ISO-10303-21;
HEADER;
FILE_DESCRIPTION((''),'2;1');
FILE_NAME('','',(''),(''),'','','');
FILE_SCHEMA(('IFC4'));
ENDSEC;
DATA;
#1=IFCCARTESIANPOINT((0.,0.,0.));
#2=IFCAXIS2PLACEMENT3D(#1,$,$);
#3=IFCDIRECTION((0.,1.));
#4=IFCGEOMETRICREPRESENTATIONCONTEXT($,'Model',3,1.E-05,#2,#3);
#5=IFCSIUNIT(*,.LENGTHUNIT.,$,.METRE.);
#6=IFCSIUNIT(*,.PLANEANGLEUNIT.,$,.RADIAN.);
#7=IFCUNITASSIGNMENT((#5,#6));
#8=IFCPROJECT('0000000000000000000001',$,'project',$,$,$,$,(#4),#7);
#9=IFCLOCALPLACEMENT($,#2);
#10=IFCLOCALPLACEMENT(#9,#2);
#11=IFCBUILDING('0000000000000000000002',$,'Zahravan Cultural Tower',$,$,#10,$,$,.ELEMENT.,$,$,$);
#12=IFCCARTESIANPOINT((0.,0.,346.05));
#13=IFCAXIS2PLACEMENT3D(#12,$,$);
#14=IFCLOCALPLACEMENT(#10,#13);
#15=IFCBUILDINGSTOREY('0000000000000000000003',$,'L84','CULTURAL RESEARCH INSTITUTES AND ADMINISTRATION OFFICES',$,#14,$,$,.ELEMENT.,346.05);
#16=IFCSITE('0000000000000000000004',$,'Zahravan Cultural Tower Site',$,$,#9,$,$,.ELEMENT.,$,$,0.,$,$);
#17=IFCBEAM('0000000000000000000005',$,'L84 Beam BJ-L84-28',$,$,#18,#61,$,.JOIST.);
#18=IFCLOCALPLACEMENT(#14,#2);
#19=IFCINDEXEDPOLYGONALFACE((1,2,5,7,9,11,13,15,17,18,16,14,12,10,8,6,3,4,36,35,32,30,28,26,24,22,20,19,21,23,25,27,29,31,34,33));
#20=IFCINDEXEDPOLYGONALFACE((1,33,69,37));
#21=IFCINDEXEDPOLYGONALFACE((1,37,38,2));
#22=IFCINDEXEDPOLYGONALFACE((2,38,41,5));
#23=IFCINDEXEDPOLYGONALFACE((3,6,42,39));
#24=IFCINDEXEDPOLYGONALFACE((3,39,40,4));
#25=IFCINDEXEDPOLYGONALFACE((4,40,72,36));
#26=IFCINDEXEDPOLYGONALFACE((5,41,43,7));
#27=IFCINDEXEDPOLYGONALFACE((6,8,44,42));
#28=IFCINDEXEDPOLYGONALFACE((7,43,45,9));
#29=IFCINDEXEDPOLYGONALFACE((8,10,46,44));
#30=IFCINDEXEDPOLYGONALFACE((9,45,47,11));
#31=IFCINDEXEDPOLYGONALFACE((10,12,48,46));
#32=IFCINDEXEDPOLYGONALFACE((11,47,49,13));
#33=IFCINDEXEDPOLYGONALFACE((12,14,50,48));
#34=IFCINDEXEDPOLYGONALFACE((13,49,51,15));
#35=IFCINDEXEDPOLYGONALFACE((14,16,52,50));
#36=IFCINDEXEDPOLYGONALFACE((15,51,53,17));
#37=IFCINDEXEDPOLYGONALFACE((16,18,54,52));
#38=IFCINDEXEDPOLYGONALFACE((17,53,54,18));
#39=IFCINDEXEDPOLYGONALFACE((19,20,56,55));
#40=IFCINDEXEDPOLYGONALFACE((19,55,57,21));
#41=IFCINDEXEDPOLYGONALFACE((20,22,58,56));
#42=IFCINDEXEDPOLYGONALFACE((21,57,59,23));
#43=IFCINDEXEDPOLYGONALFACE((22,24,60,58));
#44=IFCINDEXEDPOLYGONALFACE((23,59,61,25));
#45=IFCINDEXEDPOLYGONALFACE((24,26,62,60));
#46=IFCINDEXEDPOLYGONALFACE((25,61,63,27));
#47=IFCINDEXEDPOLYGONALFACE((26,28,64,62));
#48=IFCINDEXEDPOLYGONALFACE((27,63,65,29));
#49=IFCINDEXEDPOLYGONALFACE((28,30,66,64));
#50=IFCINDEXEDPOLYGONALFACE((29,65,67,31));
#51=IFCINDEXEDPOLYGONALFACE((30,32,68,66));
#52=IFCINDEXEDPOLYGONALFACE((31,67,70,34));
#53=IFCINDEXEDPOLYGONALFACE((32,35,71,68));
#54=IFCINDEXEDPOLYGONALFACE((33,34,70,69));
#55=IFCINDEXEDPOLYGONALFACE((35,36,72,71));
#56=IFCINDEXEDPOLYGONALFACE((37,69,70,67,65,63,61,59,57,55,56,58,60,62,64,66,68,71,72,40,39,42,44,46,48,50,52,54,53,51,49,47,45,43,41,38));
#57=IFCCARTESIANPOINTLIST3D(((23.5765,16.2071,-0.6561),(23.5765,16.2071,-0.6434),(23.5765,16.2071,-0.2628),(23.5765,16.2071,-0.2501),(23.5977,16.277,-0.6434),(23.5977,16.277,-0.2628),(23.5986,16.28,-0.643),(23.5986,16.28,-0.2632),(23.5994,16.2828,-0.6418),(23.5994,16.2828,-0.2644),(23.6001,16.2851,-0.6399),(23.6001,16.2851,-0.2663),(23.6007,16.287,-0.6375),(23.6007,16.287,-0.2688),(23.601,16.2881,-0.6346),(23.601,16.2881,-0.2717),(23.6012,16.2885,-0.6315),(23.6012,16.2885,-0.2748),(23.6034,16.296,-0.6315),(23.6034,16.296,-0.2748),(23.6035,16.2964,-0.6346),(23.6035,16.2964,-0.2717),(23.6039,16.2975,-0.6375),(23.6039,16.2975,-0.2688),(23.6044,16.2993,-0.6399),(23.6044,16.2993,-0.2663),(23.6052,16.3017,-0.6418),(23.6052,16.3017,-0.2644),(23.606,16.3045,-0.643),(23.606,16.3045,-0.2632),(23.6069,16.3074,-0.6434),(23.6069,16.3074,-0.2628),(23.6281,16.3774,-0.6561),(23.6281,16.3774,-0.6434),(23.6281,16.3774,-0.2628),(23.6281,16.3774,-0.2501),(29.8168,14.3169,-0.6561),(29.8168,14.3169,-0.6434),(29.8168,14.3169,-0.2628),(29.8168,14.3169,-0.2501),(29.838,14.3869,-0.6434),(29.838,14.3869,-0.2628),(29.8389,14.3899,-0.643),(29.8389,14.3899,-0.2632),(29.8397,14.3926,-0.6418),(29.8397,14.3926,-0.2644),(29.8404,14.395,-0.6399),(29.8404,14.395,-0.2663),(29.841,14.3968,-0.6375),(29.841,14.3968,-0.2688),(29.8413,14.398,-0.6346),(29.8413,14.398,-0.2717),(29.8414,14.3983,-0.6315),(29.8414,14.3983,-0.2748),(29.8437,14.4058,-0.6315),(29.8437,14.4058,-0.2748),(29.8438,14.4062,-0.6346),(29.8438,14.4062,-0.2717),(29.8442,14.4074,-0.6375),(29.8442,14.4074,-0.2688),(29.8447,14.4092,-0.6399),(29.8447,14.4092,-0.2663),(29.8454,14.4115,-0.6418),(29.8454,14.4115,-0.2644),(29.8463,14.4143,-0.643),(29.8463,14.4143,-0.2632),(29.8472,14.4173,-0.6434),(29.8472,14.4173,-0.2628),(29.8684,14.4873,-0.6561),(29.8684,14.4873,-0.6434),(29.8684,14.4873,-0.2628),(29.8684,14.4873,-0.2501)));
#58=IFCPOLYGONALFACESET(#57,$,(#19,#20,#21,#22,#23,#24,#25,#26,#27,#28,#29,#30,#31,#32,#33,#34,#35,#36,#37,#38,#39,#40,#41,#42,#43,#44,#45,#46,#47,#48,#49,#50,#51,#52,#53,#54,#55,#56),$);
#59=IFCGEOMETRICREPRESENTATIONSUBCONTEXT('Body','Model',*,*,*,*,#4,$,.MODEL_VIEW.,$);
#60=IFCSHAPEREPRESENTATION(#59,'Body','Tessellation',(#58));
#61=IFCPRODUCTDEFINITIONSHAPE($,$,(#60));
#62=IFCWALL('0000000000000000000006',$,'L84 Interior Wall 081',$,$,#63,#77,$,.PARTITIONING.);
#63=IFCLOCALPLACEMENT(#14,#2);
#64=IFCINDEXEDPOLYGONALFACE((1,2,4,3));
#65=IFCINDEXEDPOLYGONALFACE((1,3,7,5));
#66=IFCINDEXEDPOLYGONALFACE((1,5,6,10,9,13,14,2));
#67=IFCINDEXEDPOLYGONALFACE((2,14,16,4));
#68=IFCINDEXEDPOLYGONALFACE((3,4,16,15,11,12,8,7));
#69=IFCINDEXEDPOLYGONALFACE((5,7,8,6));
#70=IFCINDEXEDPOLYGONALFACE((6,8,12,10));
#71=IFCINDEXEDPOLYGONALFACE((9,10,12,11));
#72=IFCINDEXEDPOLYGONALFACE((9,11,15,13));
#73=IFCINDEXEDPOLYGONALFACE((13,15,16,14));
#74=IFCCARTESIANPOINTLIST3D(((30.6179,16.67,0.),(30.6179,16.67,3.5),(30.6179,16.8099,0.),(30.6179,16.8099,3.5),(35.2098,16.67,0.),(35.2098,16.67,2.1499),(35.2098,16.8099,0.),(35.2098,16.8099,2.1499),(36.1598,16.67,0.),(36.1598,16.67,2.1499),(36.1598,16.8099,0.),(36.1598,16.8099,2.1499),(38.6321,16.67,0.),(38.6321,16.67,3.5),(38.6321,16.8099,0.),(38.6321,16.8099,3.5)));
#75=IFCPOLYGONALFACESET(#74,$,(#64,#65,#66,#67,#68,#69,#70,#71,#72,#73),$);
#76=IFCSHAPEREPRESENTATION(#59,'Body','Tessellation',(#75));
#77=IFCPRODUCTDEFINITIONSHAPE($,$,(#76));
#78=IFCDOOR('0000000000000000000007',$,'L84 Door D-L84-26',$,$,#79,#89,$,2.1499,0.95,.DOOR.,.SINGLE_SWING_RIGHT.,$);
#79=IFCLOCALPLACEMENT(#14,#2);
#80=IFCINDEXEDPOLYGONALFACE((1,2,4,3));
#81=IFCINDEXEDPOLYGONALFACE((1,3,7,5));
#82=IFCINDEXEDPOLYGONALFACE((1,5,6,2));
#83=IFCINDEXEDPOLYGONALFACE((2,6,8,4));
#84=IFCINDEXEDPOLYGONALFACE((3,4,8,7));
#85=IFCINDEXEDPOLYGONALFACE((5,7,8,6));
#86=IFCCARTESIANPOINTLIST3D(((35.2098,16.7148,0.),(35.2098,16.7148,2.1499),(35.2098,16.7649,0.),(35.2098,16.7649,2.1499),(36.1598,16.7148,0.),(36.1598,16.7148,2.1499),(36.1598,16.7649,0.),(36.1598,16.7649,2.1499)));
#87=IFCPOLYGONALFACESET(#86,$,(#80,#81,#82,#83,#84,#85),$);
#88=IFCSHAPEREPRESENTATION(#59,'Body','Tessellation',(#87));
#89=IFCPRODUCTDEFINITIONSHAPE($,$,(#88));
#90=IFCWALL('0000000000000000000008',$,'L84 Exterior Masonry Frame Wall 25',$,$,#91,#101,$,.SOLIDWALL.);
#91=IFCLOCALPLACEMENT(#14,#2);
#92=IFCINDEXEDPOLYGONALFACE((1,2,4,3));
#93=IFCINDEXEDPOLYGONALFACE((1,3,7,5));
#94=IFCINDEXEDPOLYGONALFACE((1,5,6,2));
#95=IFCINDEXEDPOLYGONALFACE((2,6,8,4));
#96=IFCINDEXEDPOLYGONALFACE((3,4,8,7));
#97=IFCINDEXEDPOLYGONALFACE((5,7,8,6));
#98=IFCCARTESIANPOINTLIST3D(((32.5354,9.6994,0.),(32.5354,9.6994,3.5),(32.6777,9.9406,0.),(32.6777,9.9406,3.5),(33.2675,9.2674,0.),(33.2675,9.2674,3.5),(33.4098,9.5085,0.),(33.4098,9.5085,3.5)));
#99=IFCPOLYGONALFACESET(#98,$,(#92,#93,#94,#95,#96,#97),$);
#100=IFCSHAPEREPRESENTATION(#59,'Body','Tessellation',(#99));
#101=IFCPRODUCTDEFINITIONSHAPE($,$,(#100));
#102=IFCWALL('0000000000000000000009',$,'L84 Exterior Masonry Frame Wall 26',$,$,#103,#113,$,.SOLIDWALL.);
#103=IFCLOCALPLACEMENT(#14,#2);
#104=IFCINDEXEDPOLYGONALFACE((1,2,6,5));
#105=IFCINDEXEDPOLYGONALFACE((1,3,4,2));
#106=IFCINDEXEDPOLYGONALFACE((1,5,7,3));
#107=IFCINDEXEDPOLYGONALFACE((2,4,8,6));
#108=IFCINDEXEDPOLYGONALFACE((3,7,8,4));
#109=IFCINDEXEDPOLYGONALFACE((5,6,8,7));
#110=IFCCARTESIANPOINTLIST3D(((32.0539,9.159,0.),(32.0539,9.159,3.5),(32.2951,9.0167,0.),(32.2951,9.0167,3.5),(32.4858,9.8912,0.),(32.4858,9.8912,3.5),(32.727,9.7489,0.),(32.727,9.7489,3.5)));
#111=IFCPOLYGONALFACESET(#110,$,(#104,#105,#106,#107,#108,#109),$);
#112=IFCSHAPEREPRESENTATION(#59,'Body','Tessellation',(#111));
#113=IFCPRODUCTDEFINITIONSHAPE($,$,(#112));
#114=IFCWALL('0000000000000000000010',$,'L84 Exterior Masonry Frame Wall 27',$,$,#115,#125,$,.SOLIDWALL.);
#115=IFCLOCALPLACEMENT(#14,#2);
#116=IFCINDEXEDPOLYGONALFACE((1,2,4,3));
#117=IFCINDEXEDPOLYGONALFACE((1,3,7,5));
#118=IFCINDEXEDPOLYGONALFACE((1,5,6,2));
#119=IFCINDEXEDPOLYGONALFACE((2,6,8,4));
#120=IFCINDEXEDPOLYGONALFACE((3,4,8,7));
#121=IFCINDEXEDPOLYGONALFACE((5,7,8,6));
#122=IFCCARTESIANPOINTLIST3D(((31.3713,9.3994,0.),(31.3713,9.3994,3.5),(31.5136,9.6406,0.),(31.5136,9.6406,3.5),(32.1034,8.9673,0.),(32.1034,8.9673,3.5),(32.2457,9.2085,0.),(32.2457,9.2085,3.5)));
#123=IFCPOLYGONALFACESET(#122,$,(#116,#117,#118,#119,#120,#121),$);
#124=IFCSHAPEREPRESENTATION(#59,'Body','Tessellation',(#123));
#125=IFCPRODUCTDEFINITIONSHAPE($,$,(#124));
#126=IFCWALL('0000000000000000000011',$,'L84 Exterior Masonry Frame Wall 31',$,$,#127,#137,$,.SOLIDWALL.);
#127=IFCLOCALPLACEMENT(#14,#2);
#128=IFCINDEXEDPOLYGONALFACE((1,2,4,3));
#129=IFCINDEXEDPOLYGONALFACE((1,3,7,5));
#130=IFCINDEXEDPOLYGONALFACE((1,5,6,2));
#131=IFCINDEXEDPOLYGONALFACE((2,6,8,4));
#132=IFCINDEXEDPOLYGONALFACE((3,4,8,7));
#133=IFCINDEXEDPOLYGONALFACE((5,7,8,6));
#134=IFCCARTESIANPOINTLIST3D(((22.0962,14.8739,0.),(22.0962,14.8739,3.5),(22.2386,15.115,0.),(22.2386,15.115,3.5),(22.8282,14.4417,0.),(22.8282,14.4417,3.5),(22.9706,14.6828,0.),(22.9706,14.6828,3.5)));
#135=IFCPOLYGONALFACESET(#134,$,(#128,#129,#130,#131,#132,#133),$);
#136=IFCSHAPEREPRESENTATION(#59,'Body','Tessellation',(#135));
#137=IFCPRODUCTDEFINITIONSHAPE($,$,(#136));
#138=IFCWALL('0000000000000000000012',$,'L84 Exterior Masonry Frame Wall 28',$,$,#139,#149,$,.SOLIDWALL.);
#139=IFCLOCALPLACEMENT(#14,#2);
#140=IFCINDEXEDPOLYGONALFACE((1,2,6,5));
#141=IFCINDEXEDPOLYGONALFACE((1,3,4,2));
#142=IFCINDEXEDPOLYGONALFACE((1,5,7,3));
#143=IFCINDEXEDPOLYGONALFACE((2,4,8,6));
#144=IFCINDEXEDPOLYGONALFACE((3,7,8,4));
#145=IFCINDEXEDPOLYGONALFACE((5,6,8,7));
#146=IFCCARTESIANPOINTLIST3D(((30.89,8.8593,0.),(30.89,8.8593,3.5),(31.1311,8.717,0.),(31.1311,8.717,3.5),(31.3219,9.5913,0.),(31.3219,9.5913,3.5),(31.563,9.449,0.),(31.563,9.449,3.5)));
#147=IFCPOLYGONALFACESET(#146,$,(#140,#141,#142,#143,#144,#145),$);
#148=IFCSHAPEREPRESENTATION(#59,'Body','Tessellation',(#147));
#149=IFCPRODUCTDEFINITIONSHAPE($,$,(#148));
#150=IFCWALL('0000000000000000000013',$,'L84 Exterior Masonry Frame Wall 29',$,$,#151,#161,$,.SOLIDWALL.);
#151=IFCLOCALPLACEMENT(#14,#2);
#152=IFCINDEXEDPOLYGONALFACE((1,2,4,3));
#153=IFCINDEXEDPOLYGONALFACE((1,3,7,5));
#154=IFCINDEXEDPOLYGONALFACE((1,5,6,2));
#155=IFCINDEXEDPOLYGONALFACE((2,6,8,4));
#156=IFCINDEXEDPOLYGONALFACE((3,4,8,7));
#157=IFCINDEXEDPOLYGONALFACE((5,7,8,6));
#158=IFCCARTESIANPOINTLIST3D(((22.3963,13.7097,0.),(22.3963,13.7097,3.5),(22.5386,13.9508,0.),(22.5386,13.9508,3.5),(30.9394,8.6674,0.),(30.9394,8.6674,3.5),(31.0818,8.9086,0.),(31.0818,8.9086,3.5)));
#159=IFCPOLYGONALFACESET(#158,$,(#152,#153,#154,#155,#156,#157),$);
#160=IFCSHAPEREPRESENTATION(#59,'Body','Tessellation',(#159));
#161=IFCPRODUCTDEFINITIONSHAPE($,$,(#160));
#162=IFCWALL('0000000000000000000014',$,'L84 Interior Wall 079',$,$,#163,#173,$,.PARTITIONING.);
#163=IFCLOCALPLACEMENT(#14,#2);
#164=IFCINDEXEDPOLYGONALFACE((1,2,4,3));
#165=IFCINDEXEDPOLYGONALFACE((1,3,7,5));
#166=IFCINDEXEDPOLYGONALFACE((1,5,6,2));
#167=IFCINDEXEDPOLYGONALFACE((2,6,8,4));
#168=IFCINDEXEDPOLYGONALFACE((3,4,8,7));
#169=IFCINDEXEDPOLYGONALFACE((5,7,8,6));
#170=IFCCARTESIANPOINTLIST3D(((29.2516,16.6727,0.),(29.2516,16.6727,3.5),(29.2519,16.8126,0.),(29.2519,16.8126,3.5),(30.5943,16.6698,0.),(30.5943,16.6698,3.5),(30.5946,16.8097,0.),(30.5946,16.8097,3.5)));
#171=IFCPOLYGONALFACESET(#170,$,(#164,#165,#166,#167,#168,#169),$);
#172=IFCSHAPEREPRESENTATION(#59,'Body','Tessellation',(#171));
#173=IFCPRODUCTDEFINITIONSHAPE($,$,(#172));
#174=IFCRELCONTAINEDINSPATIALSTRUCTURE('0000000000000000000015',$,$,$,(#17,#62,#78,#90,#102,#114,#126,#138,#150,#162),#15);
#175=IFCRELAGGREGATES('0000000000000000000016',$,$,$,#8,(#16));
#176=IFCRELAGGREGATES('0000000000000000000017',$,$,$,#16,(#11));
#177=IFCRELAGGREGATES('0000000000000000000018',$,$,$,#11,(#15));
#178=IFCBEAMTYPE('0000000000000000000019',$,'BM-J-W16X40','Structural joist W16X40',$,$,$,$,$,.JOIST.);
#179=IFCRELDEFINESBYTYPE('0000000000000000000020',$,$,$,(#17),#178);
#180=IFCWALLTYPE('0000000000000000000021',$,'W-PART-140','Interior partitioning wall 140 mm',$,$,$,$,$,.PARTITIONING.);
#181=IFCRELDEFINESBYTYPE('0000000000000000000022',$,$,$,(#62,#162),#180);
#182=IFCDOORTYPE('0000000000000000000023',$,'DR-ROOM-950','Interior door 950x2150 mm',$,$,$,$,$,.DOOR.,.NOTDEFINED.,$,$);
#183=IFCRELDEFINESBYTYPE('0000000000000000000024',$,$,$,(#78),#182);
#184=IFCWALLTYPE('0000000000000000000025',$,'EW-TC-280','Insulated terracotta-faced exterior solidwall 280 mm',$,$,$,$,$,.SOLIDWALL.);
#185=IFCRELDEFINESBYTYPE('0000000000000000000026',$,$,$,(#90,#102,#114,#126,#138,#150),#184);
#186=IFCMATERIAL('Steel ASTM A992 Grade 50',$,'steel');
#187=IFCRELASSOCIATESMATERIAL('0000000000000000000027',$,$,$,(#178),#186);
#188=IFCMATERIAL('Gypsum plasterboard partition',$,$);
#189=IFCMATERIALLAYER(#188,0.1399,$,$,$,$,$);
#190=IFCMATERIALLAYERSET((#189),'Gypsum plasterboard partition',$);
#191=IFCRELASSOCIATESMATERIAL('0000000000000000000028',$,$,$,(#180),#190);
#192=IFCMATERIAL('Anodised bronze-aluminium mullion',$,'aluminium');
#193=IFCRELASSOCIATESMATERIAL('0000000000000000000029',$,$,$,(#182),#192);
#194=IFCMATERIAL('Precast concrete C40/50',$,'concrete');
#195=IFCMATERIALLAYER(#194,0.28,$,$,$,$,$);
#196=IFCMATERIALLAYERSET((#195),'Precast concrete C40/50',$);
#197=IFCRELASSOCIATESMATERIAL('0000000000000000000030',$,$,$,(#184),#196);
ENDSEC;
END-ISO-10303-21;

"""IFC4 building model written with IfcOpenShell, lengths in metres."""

from ifc_helpers import new_model, si_unit, direction, frame, frame_2d, origin, origin_2d, place, context, subcontext, project, spatial, rectangle, i_section, extrude, source, transform, mapped, material, layer, layer_set, material_profile, profile_set, type_object, element, fill, save


model = new_model("IFC4")

# Units and contexts
model_context = context("Model", 3, precision=1e-05, world=origin(), true_north=direction((0.0, 1.0)))
body_context = subcontext(model_context, "Body", "Model", "MODEL_VIEW")
ifc_project = project(units=[si_unit("LENGTHUNIT", "METRE"), si_unit("PLANEANGLEUNIT", "RADIAN")], contexts=[model_context])

# Site, building, storey
site_placement = place(None, origin())
site = spatial("IfcSite", under=ifc_project, at=site_placement, Name="Zahravan Cultural Tower Site", CompositionType="ELEMENT", RefElevation=0.0)
building_placement = place(site_placement, origin())
building = spatial("IfcBuilding", under=site, at=building_placement, Name="Zahravan Cultural Tower", CompositionType="ELEMENT")
storey_placement = place(building_placement, frame((0.0, 0.0, 346.05)))
storey = spatial("IfcBuildingStorey", under=building, at=storey_placement, Name="L84", Description="CULTURAL RESEARCH INSTITUTES AND ADMINISTRATION OFFICES", CompositionType="ELEMENT", Elevation=346.05)

# Shared definitions
ifc_material_1 = material(Name="Steel ASTM A992 Grade 50", Category="steel")

# Beam
ifc_material_profile_1 = material_profile(ifc_material_1, i_section(OverallWidth=0.178, OverallDepth=0.406, WebThickness=0.0078, FlangeThickness=0.0127, FilletRadius=0.012, at=origin_2d()), Name="W16X40")
ifc_profile_set_1 = profile_set([ifc_material_profile_1], Name="Steel ASTM A992 Grade 50")
beam_type_1 = type_object("IfcBeamType", Name="BM-J-W16X40", Description="Structural joist W16X40", PredefinedType="JOIST", material=ifc_profile_set_1)
shared_shape_1 = source(origin(), body_context, "Body", "SweptSolid", [
    extrude(i_section(OverallWidth=0.178, OverallDepth=0.406, WebThickness=0.0078, FlangeThickness=0.0127, FilletRadius=0.012, at=origin_2d()), origin(), (0.0, 0.0, 1.0), 6.5203),
])
beam_1_placement = place(storey_placement, frame((23.6023, 16.2922, -0.4531), z_axis=(0.95706, -0.289889, 0.0), x_axis=(0.289889, 0.95706, 0.0)))
element("IfcBeam", 1, at=beam_1_placement, inside=storey, type_object=beam_type_1, Name="L84 Beam BJ-L84-28", PredefinedType="JOIST", context=body_context, shape_type="MappedRepresentation", body=[
    mapped(shared_shape_1, transform((0.0, 0.0, 0.0), x_axis=(1.0, 0.0, 0.0), y_axis=(0.0, 1.0, 0.0), z_axis=(0.0, 0.0, 1.0), scale=1.0)),
])

# Wall, opening, door
ifc_material_2 = material(Name="Gypsum plasterboard partition")
ifc_layer_1 = layer(ifc_material_2, 0.1399)
ifc_layer_set_1 = layer_set([ifc_layer_1], Name="Gypsum plasterboard partition")
wall_type_1 = type_object("IfcWallType", Name="W-PART-140", Description="Interior partitioning wall 140 mm", PredefinedType="PARTITIONING", material=ifc_layer_set_1)
wall_1_placement = place(storey_placement, frame((30.6179, 16.74, 0.0), z_axis=(0.0, 0.0, 1.0), x_axis=(1.0, 0.0, 0.0)))
wall_1 = element("IfcWall", 2, at=wall_1_placement, inside=storey, type_object=wall_type_1, Name="L84 Interior Wall 081", PredefinedType="PARTITIONING", context=body_context, shape_type="SweptSolid", body=[
    extrude(rectangle(XDim=8.0142, YDim=0.1399, at=frame_2d((4.0071, 0.0))), origin(), (0.0, 0.0, 1.0), 3.5),
])
opening_placement = place(wall_1_placement, frame((4.5918, 0.0, 0.0)))
opening = element("IfcOpeningElement", 3, at=opening_placement, cuts=wall_1, PredefinedType="OPENING", context=body_context, shape_type="SweptSolid", body=[
    extrude(rectangle(XDim=0.95, YDim=2.1499, at=frame_2d((0.4751, 1.075))), frame((0.0, 0.0798, 0.0), z_axis=(0.0, -1.0, 0.0), x_axis=(1.0, 0.0, 0.0)), (0.0, 0.0, 1.0), 0.1599),
])
ifc_material_3 = material(Name="Anodised bronze-aluminium mullion", Category="aluminium")
door_type = type_object("IfcDoorType", Name="DR-ROOM-950", Description="Interior door 950x2150 mm", OperationType="NOTDEFINED", PredefinedType="DOOR", material=ifc_material_3)
shared_shape_2 = source(origin(), body_context, "Body", "SweptSolid", [
    extrude(rectangle(XDim=0.95, YDim=2.1499, at=frame_2d((0.4751, 1.075))), frame((0.0, 0.0249, 0.0), z_axis=(0.0, -1.0, 0.0), x_axis=(1.0, 0.0, 0.0)), (0.0, 0.0, 1.0), 0.05),
])
door_placement = place(opening_placement, origin())
door = element("IfcDoor", 4, at=door_placement, inside=storey, type_object=door_type, Name="L84 Door D-L84-26", OperationType="SINGLE_SWING_RIGHT", OverallHeight=2.1499, OverallWidth=0.95, PredefinedType="DOOR", context=body_context, shape_type="MappedRepresentation", body=[
    mapped(shared_shape_2, transform((0.0, 0.0, 0.0), x_axis=(1.0, 0.0, 0.0), y_axis=(0.0, 1.0, 0.0), z_axis=(0.0, 0.0, 1.0), scale=1.0)),
])
fill(opening, door)

# Walls
ifc_material_4 = material(Name="Precast concrete C40/50", Category="concrete")
ifc_layer_2 = layer(ifc_material_4, 0.28)
ifc_layer_set_2 = layer_set([ifc_layer_2], Name="Precast concrete C40/50")
wall_type_2 = type_object("IfcWallType", Name="EW-TC-280", Description="Insulated terracotta-faced exterior solidwall 280 mm", PredefinedType="SOLIDWALL", material=ifc_layer_set_2)
shared_shape_3 = source(origin(), body_context, "Body", "SweptSolid", [
    extrude(rectangle(XDim=0.8501, YDim=0.28, at=frame_2d((0.425, 0.0))), origin(), (0.0, 0.0, 1.0), 3.5),
])
for number, where, z_axis, x_axis, name in (
    (5, (33.3386, 9.3879, 0.0), (0.0, 0.0, 1.0), (-0.861195, 0.508275, 0.0), "L84 Exterior Masonry Frame Wall 25"),
    (6, (32.6064, 9.8201, 0.0), (0.0, 0.0, 1.0), (-0.508062, -0.861321, 0.0), "L84 Exterior Masonry Frame Wall 26"),
    (7, (32.1746, 9.0879, 0.0), (0.0, 0.0, 1.0), (-0.861195, 0.508275, 0.0), "L84 Exterior Masonry Frame Wall 27"),
    (8, (22.8994, 14.5623, 0.0), (0.0, 0.0, 1.0), (-0.861121, 0.5084, 0.0), "L84 Exterior Masonry Frame Wall 31"),
):
    element("IfcWall", number, at=place(storey_placement, frame(where, z_axis=z_axis, x_axis=x_axis)), inside=storey, type_object=wall_type_2, Name=name, PredefinedType="SOLIDWALL", context=body_context, shape_type="MappedRepresentation", body=[
        mapped(shared_shape_3, transform((0.0, 0.0, 0.0), x_axis=(1.0, 0.0, 0.0), y_axis=(0.0, 1.0, 0.0), z_axis=(0.0, 0.0, 1.0), scale=1.0)),
    ])
shared_shape_4 = source(origin(), body_context, "Body", "SweptSolid", [
    extrude(rectangle(XDim=0.8499, YDim=0.28, at=frame_2d((0.4248, 0.0))), origin(), (0.0, 0.0, 1.0), 3.5),
])
wall_2_placement = place(storey_placement, frame((31.4424, 9.52, 0.0), z_axis=(0.0, 0.0, 1.0), x_axis=(-0.508187, -0.861247, 0.0)))
element("IfcWall", 9, at=wall_2_placement, inside=storey, type_object=wall_type_2, Name="L84 Exterior Masonry Frame Wall 28", PredefinedType="SOLIDWALL", context=body_context, shape_type="MappedRepresentation", body=[
    mapped(shared_shape_4, transform((0.0, 0.0, 0.0), x_axis=(1.0, 0.0, 0.0), y_axis=(0.0, 1.0, 0.0), z_axis=(0.0, 0.0, 1.0), scale=1.0)),
])
shared_shape_5 = source(origin(), body_context, "Body", "SweptSolid", [
    extrude(rectangle(XDim=9.9202, YDim=0.28, at=frame_2d((4.96, 0.0))), origin(), (0.0, 0.0, 1.0), 3.5),
])
wall_3_placement = place(storey_placement, frame((31.0105, 8.7881, 0.0), z_axis=(0.0, 0.0, 1.0), x_axis=(-0.861192, 0.508279, 0.0)))
element("IfcWall", 10, at=wall_3_placement, inside=storey, type_object=wall_type_2, Name="L84 Exterior Masonry Frame Wall 29", PredefinedType="SOLIDWALL", context=body_context, shape_type="MappedRepresentation", body=[
    mapped(shared_shape_5, transform((0.0, 0.0, 0.0), x_axis=(1.0, 0.0, 0.0), y_axis=(0.0, 1.0, 0.0), z_axis=(0.0, 0.0, 1.0), scale=1.0)),
])
shared_shape_6 = source(origin(), body_context, "Body", "SweptSolid", [
    extrude(rectangle(XDim=1.3428, YDim=0.1399, at=frame_2d((0.6714, 0.0))), origin(), (0.0, 0.0, 1.0), 3.5),
])
wall_4_placement = place(storey_placement, frame((29.2517, 16.7427, 0.0), z_axis=(0.0, 0.0, 1.0), x_axis=(0.999998, -0.002182, 0.0)))
element("IfcWall", 11, at=wall_4_placement, inside=storey, type_object=wall_type_1, Name="L84 Interior Wall 079", PredefinedType="PARTITIONING", context=body_context, shape_type="MappedRepresentation", body=[
    mapped(shared_shape_6, transform((0.0, 0.0, 0.0), x_axis=(1.0, 0.0, 0.0), y_axis=(0.0, 1.0, 0.0), z_axis=(0.0, 0.0, 1.0), scale=1.0)),
])

save(model, "model.ifc")
